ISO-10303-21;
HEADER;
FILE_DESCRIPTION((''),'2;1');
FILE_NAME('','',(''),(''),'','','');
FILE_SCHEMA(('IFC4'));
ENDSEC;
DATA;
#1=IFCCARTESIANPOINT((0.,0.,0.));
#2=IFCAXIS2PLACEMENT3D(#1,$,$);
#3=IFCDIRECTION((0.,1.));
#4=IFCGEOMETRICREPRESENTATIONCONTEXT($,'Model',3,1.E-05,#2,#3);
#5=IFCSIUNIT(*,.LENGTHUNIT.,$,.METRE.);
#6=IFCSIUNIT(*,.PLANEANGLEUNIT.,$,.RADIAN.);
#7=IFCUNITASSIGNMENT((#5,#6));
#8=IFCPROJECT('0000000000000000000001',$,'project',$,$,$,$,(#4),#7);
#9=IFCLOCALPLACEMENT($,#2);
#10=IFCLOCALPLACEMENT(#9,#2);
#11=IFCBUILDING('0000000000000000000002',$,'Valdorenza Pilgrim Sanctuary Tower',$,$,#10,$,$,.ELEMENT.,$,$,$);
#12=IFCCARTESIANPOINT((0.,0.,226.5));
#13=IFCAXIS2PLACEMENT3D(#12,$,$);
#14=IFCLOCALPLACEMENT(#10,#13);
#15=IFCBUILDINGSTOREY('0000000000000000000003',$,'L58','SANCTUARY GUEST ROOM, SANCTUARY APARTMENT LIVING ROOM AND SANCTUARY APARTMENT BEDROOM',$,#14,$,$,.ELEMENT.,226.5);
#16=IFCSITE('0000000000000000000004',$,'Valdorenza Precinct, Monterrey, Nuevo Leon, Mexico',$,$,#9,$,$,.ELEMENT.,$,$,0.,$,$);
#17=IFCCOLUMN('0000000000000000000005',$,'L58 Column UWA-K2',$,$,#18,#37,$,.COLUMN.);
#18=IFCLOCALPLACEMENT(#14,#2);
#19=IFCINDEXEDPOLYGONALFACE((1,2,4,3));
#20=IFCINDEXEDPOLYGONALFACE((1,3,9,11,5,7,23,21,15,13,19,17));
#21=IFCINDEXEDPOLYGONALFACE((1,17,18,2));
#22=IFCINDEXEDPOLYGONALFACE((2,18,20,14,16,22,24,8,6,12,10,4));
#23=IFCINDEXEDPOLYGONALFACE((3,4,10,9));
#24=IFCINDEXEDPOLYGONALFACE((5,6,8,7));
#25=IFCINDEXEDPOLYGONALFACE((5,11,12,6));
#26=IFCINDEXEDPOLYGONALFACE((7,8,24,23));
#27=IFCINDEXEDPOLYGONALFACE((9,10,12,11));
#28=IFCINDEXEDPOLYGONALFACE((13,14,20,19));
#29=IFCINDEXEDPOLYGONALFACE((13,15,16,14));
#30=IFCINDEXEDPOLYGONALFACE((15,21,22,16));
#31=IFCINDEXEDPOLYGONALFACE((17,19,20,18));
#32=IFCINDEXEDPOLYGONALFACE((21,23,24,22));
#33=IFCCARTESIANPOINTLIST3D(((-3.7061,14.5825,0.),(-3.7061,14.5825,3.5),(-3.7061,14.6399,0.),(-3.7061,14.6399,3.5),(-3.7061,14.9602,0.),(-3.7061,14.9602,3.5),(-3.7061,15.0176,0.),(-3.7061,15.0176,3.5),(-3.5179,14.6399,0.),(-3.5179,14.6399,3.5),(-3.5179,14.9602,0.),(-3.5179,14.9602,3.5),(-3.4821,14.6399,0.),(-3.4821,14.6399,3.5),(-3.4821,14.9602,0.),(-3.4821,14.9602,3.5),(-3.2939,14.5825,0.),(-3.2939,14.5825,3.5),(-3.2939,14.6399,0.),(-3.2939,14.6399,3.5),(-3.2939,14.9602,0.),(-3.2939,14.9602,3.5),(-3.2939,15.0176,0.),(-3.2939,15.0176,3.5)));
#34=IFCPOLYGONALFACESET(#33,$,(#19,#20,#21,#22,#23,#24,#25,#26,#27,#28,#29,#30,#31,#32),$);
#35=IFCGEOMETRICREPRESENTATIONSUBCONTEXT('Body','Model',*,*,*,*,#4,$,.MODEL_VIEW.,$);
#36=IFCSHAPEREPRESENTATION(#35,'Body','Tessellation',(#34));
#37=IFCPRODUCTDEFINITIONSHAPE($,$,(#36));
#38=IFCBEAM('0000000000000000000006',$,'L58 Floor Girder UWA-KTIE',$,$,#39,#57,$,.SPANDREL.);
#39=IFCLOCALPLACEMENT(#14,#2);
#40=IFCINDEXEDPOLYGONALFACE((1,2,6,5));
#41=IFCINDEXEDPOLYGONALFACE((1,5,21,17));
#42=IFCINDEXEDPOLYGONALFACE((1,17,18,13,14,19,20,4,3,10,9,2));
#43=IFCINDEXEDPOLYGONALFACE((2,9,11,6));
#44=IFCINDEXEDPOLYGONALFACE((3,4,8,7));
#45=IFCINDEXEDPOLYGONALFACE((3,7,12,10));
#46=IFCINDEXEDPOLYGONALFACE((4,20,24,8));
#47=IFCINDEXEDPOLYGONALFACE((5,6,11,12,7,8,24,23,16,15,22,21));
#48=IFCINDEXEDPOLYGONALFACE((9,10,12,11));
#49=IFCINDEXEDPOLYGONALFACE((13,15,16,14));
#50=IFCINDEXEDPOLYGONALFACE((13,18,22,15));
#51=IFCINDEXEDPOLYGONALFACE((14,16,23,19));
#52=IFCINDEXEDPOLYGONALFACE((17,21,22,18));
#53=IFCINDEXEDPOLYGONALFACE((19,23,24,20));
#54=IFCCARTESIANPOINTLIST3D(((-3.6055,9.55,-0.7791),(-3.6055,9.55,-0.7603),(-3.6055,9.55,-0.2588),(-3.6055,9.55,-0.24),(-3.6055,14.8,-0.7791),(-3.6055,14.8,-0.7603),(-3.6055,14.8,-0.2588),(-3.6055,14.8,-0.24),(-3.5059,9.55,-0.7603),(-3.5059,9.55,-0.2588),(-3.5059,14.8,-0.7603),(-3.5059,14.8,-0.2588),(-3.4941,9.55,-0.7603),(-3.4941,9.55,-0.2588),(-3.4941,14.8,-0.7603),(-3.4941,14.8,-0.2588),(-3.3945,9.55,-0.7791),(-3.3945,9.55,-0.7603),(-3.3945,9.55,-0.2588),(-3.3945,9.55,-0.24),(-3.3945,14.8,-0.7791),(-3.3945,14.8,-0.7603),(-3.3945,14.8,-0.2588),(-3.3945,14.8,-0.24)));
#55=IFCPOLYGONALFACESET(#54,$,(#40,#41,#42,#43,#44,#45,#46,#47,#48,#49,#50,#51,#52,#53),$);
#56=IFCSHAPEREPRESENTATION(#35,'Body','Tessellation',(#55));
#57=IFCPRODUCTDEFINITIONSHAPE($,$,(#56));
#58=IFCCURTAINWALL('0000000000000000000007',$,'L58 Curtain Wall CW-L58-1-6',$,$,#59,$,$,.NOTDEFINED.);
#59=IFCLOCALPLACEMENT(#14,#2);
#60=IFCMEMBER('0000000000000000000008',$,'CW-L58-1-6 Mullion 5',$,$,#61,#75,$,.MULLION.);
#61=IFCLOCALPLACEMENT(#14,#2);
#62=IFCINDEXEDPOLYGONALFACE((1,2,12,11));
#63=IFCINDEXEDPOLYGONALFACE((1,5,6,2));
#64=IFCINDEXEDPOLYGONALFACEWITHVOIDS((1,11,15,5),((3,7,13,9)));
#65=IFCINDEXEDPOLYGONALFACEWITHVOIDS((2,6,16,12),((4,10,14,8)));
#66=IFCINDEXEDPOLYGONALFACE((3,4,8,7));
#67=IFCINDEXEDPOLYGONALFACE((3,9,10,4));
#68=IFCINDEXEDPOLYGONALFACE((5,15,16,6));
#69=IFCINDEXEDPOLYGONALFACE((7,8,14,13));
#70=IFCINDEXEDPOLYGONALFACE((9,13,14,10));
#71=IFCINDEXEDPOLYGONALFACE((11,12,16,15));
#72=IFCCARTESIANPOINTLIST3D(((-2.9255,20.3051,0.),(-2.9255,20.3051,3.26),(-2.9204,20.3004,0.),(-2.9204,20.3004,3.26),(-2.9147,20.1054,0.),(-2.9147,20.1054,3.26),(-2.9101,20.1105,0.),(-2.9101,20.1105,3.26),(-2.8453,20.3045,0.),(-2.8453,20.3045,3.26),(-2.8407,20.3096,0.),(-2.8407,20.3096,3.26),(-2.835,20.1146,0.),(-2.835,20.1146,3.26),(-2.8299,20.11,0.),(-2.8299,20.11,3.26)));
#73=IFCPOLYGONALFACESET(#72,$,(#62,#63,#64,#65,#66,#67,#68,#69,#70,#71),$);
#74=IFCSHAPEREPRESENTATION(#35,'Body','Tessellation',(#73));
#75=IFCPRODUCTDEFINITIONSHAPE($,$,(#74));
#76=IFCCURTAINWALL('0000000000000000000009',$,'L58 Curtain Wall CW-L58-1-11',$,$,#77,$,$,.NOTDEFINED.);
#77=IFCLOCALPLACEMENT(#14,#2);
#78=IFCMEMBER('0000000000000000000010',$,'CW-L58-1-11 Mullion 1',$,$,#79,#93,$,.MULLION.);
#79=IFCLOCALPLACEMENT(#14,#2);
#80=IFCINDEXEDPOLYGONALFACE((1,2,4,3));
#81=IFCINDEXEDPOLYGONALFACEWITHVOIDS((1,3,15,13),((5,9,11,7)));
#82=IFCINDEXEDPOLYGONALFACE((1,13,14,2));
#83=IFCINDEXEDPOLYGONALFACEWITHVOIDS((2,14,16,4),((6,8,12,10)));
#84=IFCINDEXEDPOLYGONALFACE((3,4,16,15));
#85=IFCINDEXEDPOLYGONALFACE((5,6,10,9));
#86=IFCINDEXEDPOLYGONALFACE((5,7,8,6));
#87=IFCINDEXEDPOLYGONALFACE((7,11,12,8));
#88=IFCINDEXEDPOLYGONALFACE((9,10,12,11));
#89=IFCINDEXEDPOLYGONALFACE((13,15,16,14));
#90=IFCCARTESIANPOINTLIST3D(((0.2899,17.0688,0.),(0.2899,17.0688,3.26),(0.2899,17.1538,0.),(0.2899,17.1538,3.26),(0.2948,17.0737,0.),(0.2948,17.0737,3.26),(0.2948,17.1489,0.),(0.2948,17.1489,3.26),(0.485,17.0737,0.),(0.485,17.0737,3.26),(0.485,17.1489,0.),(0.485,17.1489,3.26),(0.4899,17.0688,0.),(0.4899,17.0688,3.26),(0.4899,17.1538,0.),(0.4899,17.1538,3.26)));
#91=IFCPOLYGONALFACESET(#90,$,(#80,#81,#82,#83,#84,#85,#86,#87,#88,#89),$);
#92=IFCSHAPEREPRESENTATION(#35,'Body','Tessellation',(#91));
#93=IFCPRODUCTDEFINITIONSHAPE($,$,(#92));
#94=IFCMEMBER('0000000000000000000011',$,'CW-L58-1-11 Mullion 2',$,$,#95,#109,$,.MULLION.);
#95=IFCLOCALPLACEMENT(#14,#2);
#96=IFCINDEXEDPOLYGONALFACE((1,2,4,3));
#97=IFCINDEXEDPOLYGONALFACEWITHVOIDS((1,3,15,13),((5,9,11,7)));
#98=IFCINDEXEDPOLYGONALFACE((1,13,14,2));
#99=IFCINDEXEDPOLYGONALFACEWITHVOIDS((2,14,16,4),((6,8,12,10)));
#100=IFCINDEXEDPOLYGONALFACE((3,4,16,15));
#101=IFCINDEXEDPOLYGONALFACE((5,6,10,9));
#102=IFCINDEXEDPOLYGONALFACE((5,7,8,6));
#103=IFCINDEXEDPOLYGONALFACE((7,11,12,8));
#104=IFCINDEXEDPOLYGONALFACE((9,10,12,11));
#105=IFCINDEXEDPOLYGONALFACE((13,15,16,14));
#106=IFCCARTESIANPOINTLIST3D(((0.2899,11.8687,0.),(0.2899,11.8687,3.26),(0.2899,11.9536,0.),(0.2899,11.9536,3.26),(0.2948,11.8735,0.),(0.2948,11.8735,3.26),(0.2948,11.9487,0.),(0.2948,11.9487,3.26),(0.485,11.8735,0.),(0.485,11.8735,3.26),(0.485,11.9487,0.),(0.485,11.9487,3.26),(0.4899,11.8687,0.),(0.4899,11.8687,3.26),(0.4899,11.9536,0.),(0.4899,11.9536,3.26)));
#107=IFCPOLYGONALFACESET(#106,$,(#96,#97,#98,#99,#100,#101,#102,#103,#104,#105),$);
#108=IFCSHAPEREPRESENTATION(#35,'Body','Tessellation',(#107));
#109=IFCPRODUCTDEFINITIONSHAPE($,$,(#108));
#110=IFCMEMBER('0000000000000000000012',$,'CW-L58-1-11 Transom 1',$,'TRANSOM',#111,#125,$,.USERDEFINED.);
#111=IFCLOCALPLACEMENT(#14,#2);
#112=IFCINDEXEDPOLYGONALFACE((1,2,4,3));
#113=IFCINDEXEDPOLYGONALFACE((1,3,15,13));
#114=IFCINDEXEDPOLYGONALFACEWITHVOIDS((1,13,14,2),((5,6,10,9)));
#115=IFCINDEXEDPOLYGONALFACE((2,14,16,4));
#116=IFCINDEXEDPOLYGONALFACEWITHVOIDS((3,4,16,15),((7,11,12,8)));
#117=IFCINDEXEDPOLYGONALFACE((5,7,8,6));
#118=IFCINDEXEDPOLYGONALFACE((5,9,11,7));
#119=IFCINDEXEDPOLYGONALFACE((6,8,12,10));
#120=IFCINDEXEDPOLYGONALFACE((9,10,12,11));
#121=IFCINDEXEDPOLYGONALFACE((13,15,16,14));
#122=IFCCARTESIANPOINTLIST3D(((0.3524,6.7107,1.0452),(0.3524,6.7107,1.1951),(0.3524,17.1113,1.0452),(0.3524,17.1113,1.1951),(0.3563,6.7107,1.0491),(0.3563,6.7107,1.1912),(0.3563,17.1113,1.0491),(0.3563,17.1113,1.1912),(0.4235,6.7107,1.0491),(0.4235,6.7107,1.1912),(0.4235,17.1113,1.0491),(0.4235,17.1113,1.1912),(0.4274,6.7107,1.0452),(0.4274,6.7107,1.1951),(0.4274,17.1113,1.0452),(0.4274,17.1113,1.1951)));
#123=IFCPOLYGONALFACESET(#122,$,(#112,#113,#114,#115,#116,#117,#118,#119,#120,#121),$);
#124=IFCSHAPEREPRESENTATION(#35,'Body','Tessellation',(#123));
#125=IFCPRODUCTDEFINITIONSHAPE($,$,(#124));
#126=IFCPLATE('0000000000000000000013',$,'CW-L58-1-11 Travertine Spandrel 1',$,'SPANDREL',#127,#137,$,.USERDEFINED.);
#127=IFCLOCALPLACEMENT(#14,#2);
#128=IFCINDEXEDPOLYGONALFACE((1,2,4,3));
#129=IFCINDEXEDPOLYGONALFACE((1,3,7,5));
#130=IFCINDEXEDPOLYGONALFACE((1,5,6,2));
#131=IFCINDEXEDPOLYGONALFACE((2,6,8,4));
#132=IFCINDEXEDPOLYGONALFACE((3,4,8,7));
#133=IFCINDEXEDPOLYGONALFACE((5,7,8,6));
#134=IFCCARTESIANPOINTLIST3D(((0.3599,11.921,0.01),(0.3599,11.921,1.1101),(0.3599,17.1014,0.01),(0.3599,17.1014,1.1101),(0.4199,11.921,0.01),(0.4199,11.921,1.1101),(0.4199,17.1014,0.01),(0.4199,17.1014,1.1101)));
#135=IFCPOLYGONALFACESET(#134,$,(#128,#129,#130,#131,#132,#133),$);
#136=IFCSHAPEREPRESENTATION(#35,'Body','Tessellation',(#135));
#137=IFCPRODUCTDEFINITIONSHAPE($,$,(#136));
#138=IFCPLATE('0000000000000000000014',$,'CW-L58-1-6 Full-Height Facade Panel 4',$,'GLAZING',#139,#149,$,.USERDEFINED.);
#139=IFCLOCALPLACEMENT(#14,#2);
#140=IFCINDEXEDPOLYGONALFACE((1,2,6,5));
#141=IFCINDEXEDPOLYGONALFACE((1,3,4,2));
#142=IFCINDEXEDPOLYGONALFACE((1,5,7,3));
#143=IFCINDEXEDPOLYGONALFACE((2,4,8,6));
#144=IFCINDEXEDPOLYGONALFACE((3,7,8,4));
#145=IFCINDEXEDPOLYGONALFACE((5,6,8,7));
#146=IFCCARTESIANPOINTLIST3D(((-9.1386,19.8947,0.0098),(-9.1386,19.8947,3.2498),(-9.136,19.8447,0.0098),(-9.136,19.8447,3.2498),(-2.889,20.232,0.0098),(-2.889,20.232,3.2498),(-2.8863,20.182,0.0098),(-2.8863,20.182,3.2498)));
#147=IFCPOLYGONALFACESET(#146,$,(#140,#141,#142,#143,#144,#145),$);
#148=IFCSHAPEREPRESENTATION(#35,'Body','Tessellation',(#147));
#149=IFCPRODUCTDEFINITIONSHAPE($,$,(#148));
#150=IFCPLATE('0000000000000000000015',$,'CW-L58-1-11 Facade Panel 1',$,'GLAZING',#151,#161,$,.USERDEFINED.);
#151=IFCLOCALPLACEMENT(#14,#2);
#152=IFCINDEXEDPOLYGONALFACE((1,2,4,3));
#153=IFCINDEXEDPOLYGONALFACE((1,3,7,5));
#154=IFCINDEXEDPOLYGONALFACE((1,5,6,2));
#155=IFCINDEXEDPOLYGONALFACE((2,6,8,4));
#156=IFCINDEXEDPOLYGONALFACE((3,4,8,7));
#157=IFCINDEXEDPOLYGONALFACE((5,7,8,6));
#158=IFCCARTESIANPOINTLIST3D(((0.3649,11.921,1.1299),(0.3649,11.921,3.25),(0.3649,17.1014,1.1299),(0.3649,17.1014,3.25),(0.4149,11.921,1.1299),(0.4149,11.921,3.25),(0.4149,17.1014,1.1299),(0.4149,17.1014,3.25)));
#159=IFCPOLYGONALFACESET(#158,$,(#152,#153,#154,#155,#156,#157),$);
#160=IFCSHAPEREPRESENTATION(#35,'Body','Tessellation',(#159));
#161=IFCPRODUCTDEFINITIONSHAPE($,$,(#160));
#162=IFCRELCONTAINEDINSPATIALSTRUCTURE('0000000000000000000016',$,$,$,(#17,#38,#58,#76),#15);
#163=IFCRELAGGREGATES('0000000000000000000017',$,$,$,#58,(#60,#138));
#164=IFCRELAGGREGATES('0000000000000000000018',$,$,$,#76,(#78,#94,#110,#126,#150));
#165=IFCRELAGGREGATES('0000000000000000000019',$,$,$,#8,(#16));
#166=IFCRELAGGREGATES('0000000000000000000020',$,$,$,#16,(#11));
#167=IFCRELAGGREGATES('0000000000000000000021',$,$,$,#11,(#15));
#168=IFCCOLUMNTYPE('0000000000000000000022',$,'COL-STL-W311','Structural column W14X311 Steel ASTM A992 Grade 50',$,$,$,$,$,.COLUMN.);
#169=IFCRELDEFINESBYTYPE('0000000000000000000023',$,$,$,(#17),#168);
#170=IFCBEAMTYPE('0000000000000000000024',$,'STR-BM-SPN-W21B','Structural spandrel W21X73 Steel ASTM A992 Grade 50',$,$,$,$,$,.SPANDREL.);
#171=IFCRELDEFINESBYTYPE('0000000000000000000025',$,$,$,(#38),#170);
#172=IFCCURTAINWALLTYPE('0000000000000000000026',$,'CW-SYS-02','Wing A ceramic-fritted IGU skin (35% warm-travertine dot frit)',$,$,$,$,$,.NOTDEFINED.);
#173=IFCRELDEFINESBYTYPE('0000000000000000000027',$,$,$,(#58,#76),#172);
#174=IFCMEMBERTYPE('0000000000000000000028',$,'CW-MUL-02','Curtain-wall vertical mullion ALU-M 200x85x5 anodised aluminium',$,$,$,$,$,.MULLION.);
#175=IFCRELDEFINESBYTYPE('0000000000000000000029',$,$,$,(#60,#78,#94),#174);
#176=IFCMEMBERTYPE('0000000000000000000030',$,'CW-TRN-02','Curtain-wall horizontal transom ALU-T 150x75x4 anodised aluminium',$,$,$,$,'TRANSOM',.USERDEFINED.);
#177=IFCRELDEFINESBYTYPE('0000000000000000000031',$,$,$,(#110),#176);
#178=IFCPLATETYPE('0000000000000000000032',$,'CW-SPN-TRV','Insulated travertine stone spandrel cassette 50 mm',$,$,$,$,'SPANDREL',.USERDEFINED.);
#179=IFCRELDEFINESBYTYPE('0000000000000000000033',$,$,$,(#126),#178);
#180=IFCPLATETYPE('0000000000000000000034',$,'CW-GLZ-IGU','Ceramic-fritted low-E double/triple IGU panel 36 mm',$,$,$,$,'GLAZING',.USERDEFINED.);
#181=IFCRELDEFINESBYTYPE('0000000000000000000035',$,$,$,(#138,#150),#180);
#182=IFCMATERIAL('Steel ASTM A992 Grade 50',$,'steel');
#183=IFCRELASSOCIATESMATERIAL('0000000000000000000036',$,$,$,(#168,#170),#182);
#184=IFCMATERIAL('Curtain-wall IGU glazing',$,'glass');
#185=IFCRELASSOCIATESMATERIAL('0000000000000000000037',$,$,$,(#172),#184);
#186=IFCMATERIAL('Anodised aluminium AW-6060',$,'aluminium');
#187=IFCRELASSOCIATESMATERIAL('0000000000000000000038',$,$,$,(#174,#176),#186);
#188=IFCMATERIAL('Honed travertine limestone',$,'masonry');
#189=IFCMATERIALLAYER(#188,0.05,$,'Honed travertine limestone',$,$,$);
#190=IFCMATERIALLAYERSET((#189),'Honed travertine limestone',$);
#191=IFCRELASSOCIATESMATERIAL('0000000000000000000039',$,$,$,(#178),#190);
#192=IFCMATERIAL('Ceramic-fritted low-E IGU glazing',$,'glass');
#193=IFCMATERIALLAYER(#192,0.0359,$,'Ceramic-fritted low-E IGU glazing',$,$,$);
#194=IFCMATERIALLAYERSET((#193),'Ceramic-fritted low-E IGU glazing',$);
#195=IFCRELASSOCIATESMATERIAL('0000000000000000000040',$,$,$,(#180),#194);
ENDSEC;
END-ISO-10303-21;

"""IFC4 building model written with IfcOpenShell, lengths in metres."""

from ifc_helpers import new_model, si_unit, direction, frame, origin, origin_2d, place, context, subcontext, project, spatial, rectangle, hollow_rectangle, i_section, extrude, source, transform, mapped, material, layer, layer_set, material_profile, profile_set, type_object, element, aggregate, save


model = new_model("IFC4")

# Units and contexts
model_context = context("Model", 3, precision=1e-05, world=origin(), true_north=direction((0.0, 1.0)))
body_context = subcontext(model_context, "Body", "Model", "MODEL_VIEW")
ifc_project = project(units=[si_unit("LENGTHUNIT", "METRE"), si_unit("PLANEANGLEUNIT", "RADIAN")], contexts=[model_context])

# Site, building, storey
site_placement = place(None, origin())
site = spatial("IfcSite", under=ifc_project, at=site_placement, Name="Valdorenza Precinct, Monterrey, Nuevo Leon, Mexico", CompositionType="ELEMENT", RefElevation=0.0)
building_placement = place(site_placement, origin())
building = spatial("IfcBuilding", under=site, at=building_placement, Name="Valdorenza Pilgrim Sanctuary Tower", CompositionType="ELEMENT")
storey_placement = place(building_placement, frame((0.0, 0.0, 226.5)))
storey = spatial("IfcBuildingStorey", under=building, at=storey_placement, Name="L58", Description="SANCTUARY GUEST ROOM, SANCTUARY APARTMENT LIVING ROOM AND SANCTUARY APARTMENT BEDROOM", CompositionType="ELEMENT", Elevation=226.5)

# Column
ifc_material_1 = material(Name="Steel ASTM A992 Grade 50", Category="steel")
ifc_material_profile_1 = material_profile(ifc_material_1, i_section(OverallWidth=0.4121, OverallDepth=0.4351, WebThickness=0.0359, FlangeThickness=0.0574, at=origin_2d()), Name="W14X311")
ifc_profile_set_1 = profile_set([ifc_material_profile_1], Name="Steel ASTM A992 Grade 50")
column_type = type_object("IfcColumnType", Name="COL-STL-W311", Description="Structural column W14X311 Steel ASTM A992 Grade 50", PredefinedType="COLUMN", material=ifc_profile_set_1)
shared_shape_1 = source(origin(), body_context, "Body", "SweptSolid", [
    extrude(i_section(OverallWidth=0.4121, OverallDepth=0.4351, WebThickness=0.0359, FlangeThickness=0.0574, at=origin_2d()), origin(), (0.0, 0.0, 1.0), 3.5),
])
column_placement = place(storey_placement, frame((-3.5, 14.8, 0.0), z_axis=(0.0, 0.0, 1.0), x_axis=(1.0, 0.0, 0.0)))
element("IfcColumn", 1, at=column_placement, inside=storey, type_object=column_type, Name="L58 Column UWA-K2", PredefinedType="COLUMN", context=body_context, shape_type="MappedRepresentation", body=[
    mapped(shared_shape_1, transform((0.0, 0.0, 0.0), x_axis=(1.0, 0.0, 0.0), y_axis=(0.0, 1.0, 0.0), z_axis=(0.0, 0.0, 1.0), scale=1.0)),
])

# Beam
ifc_material_profile_2 = material_profile(ifc_material_1, i_section(OverallWidth=0.2109, OverallDepth=0.5391, WebThickness=0.0117, FlangeThickness=0.0188, at=origin_2d()), Name="W21X73")
ifc_profile_set_2 = profile_set([ifc_material_profile_2], Name="Steel ASTM A992 Grade 50")
beam_type = type_object("IfcBeamType", Name="STR-BM-SPN-W21B", Description="Structural spandrel W21X73 Steel ASTM A992 Grade 50", PredefinedType="SPANDREL", material=ifc_profile_set_2)
shared_shape_2 = source(origin(), body_context, "Body", "SweptSolid", [
    extrude(i_section(OverallWidth=0.2109, OverallDepth=0.5391, WebThickness=0.0117, FlangeThickness=0.0188, at=origin_2d()), origin(), (0.0, 0.0, 1.0), 5.25),
])
beam_placement = place(storey_placement, frame((-3.5, 9.55, -0.5095), z_axis=(0.0, 1.0, 0.0), x_axis=(-1.0, 0.0, 0.0)))
element("IfcBeam", 2, at=beam_placement, inside=storey, type_object=beam_type, Name="L58 Floor Girder UWA-KTIE", PredefinedType="SPANDREL", context=body_context, shape_type="MappedRepresentation", body=[
    mapped(shared_shape_2, transform((0.0, 0.0, 0.0), x_axis=(1.0, 0.0, 0.0), y_axis=(0.0, 1.0, 0.0), z_axis=(0.0, 0.0, 1.0), scale=1.0)),
])

# Curtain wall, member
ifc_material_2 = material(Name="Curtain-wall IGU glazing", Category="glass")
curtain_wall_type = type_object("IfcCurtainWallType", Name="CW-SYS-02", Description="Wing A ceramic-fritted IGU skin (35% warm-travertine dot frit)", PredefinedType="NOTDEFINED", material=ifc_material_2)
curtain_wall_1_placement = place(storey_placement, origin())
curtain_wall_1 = element("IfcCurtainWall", 3, at=curtain_wall_1_placement, inside=storey, type_object=curtain_wall_type, Name="L58 Curtain Wall CW-L58-1-6", PredefinedType="NOTDEFINED")
ifc_material_3 = material(Name="Anodised aluminium AW-6060", Category="aluminium")
ifc_material_profile_3 = material_profile(ifc_material_3, hollow_rectangle(XDim=0.085, YDim=0.2, WallThickness=0.0049, at=origin_2d()), Name="ALU-M 200x85x5")
ifc_profile_set_3 = profile_set([ifc_material_profile_3], Name="Anodised aluminium AW-6060")
member_type_1 = type_object("IfcMemberType", Name="CW-MUL-02", Description="Curtain-wall vertical mullion ALU-M 200x85x5 anodised aluminium", PredefinedType="MULLION", material=ifc_profile_set_3)
shared_shape_3 = source(origin(), body_context, "Body", "SweptSolid", [
    extrude(hollow_rectangle(XDim=0.085, YDim=0.2, WallThickness=0.0049, at=origin_2d()), origin(), (0.0, 0.0, 1.0), 3.26),
])
member_1_placement = place(storey_placement, frame((-2.8777, 20.2075, 0.0), z_axis=(0.0, 0.0, 1.0), x_axis=(0.998547, 0.053887, 0.0)))
member_1 = element("IfcMember", 4, at=member_1_placement, type_object=member_type_1, Name="CW-L58-1-6 Mullion 5", PredefinedType="MULLION", context=body_context, shape_type="MappedRepresentation", body=[
    mapped(shared_shape_3, transform((0.0, 0.0, 0.0), x_axis=(1.0, 0.0, 0.0), y_axis=(0.0, 1.0, 0.0), z_axis=(0.0, 0.0, 1.0), scale=1.0)),
])

# Curtain wall, members, plate
curtain_wall_2_placement = place(storey_placement, origin())
curtain_wall_2 = element("IfcCurtainWall", 5, at=curtain_wall_2_placement, inside=storey, type_object=curtain_wall_type, Name="L58 Curtain Wall CW-L58-1-11", PredefinedType="NOTDEFINED")
member_2_placement = place(storey_placement, frame((0.3899, 17.1113, 0.0), z_axis=(0.0, 0.0, 1.0), x_axis=(0.0, -1.0, 0.0)))
member_2 = element("IfcMember", 6, at=member_2_placement, type_object=member_type_1, Name="CW-L58-1-11 Mullion 1", PredefinedType="MULLION", context=body_context, shape_type="MappedRepresentation", body=[
    mapped(shared_shape_3, transform((0.0, 0.0, 0.0), x_axis=(1.0, 0.0, 0.0), y_axis=(0.0, 1.0, 0.0), z_axis=(0.0, 0.0, 1.0), scale=1.0)),
])
member_3_placement = place(storey_placement, frame((0.3899, 11.9111, 0.0), z_axis=(0.0, 0.0, 1.0), x_axis=(0.0, -1.0, 0.0)))
member_3 = element("IfcMember", 7, at=member_3_placement, type_object=member_type_1, Name="CW-L58-1-11 Mullion 2", PredefinedType="MULLION", context=body_context, shape_type="MappedRepresentation", body=[
    mapped(shared_shape_3, transform((0.0, 0.0, 0.0), x_axis=(1.0, 0.0, 0.0), y_axis=(0.0, 1.0, 0.0), z_axis=(0.0, 0.0, 1.0), scale=1.0)),
])
ifc_material_profile_4 = material_profile(ifc_material_3, hollow_rectangle(XDim=0.075, YDim=0.1499, WallThickness=0.0039, at=origin_2d()), Name="ALU-T 150x75x4")
ifc_profile_set_4 = profile_set([ifc_material_profile_4], Name="Anodised aluminium AW-6060")
member_type_2 = type_object("IfcMemberType", Name="CW-TRN-02", Description="Curtain-wall horizontal transom ALU-T 150x75x4 anodised aluminium", ElementType="TRANSOM", PredefinedType="USERDEFINED", material=ifc_profile_set_4)
shared_shape_4 = source(origin(), body_context, "Body", "SweptSolid", [
    extrude(hollow_rectangle(XDim=0.075, YDim=0.1499, WallThickness=0.0039, at=origin_2d()), origin(), (0.0, 0.0, 1.0), 10.4006),
])
member_4_placement = place(storey_placement, frame((0.3899, 17.1113, 1.1201), z_axis=(0.0, -1.0, 0.0), x_axis=(1.0, 0.0, 0.0)))
member_4 = element("IfcMember", 8, at=member_4_placement, type_object=member_type_2, Name="CW-L58-1-11 Transom 1", ObjectType="TRANSOM", PredefinedType="USERDEFINED", context=body_context, shape_type="MappedRepresentation", body=[
    mapped(shared_shape_4, transform((0.0, 0.0, 0.0), x_axis=(1.0, 0.0, 0.0), y_axis=(0.0, 1.0, 0.0), z_axis=(0.0, 0.0, 1.0), scale=1.0)),
])
ifc_material_4 = material(Name="Honed travertine limestone", Category="masonry")
ifc_layer_1 = layer(ifc_material_4, 0.05, Name="Honed travertine limestone")
ifc_layer_set_1 = layer_set([ifc_layer_1], Name="Honed travertine limestone")
plate_type_1 = type_object("IfcPlateType", Name="CW-SPN-TRV", Description="Insulated travertine stone spandrel cassette 50 mm", ElementType="SPANDREL", PredefinedType="USERDEFINED", material=ifc_layer_set_1)
shared_shape_5 = source(origin(), body_context, "Body", "SweptSolid", [
    extrude(rectangle(XDim=5.1804, YDim=0.0601, at=origin_2d()), origin(), (0.0, 0.0, 1.0), 1.1001),
])
plate_1_placement = place(storey_placement, frame((0.3899, 14.5112, 0.01), z_axis=(0.0, 0.0, 1.0), x_axis=(0.0, -1.0, 0.0)))
plate_1 = element("IfcPlate", 9, at=plate_1_placement, type_object=plate_type_1, Name="CW-L58-1-11 Travertine Spandrel 1", ObjectType="SPANDREL", PredefinedType="USERDEFINED", context=body_context, shape_type="MappedRepresentation", body=[
    mapped(shared_shape_5, transform((0.0, 0.0, 0.0), x_axis=(1.0, 0.0, 0.0), y_axis=(0.0, 1.0, 0.0), z_axis=(0.0, 0.0, 1.0), scale=1.0)),
])

# Plates
ifc_material_5 = material(Name="Ceramic-fritted low-E IGU glazing", Category="glass")
ifc_layer_2 = layer(ifc_material_5, 0.0359, Name="Ceramic-fritted low-E IGU glazing")
ifc_layer_set_2 = layer_set([ifc_layer_2], Name="Ceramic-fritted low-E IGU glazing")
plate_type_2 = type_object("IfcPlateType", Name="CW-GLZ-IGU", Description="Ceramic-fritted low-E double/triple IGU panel 36 mm", ElementType="GLAZING", PredefinedType="USERDEFINED", material=ifc_layer_set_2)
shared_shape_6 = source(origin(), body_context, "Body", "SweptSolid", [
    extrude(rectangle(XDim=6.2588, YDim=0.05, at=origin_2d()), origin(), (0.0, 0.0, 1.0), 3.24),
])
plate_2_placement = place(storey_placement, frame((-6.0125, 20.0383, 0.0098), z_axis=(0.0, 0.0, 1.0), x_axis=(0.998547, 0.053887, 0.0)))
plate_2 = element("IfcPlate", 10, at=plate_2_placement, type_object=plate_type_2, Name="CW-L58-1-6 Full-Height Facade Panel 4", ObjectType="GLAZING", PredefinedType="USERDEFINED", context=body_context, shape_type="MappedRepresentation", body=[
    mapped(shared_shape_6, transform((0.0, 0.0, 0.0), x_axis=(1.0, 0.0, 0.0), y_axis=(0.0, 1.0, 0.0), z_axis=(0.0, 0.0, 1.0), scale=1.0)),
])
aggregate(curtain_wall_1, [member_1, plate_2])
shared_shape_7 = source(origin(), body_context, "Body", "SweptSolid", [
    extrude(rectangle(XDim=5.1804, YDim=0.05, at=origin_2d()), origin(), (0.0, 0.0, 1.0), 2.1201),
])
plate_3_placement = place(storey_placement, frame((0.3899, 14.5112, 1.1299), z_axis=(0.0, 0.0, 1.0), x_axis=(0.0, -1.0, 0.0)))
plate_3 = element("IfcPlate", 11, at=plate_3_placement, type_object=plate_type_2, Name="CW-L58-1-11 Facade Panel 1", ObjectType="GLAZING", PredefinedType="USERDEFINED", context=body_context, shape_type="MappedRepresentation", body=[
    mapped(shared_shape_7, transform((0.0, 0.0, 0.0), x_axis=(1.0, 0.0, 0.0), y_axis=(0.0, 1.0, 0.0), z_axis=(0.0, 0.0, 1.0), scale=1.0)),
])
aggregate(curtain_wall_2, [member_2, member_3, member_4, plate_1, plate_3])

save(model, "model.ifc")
